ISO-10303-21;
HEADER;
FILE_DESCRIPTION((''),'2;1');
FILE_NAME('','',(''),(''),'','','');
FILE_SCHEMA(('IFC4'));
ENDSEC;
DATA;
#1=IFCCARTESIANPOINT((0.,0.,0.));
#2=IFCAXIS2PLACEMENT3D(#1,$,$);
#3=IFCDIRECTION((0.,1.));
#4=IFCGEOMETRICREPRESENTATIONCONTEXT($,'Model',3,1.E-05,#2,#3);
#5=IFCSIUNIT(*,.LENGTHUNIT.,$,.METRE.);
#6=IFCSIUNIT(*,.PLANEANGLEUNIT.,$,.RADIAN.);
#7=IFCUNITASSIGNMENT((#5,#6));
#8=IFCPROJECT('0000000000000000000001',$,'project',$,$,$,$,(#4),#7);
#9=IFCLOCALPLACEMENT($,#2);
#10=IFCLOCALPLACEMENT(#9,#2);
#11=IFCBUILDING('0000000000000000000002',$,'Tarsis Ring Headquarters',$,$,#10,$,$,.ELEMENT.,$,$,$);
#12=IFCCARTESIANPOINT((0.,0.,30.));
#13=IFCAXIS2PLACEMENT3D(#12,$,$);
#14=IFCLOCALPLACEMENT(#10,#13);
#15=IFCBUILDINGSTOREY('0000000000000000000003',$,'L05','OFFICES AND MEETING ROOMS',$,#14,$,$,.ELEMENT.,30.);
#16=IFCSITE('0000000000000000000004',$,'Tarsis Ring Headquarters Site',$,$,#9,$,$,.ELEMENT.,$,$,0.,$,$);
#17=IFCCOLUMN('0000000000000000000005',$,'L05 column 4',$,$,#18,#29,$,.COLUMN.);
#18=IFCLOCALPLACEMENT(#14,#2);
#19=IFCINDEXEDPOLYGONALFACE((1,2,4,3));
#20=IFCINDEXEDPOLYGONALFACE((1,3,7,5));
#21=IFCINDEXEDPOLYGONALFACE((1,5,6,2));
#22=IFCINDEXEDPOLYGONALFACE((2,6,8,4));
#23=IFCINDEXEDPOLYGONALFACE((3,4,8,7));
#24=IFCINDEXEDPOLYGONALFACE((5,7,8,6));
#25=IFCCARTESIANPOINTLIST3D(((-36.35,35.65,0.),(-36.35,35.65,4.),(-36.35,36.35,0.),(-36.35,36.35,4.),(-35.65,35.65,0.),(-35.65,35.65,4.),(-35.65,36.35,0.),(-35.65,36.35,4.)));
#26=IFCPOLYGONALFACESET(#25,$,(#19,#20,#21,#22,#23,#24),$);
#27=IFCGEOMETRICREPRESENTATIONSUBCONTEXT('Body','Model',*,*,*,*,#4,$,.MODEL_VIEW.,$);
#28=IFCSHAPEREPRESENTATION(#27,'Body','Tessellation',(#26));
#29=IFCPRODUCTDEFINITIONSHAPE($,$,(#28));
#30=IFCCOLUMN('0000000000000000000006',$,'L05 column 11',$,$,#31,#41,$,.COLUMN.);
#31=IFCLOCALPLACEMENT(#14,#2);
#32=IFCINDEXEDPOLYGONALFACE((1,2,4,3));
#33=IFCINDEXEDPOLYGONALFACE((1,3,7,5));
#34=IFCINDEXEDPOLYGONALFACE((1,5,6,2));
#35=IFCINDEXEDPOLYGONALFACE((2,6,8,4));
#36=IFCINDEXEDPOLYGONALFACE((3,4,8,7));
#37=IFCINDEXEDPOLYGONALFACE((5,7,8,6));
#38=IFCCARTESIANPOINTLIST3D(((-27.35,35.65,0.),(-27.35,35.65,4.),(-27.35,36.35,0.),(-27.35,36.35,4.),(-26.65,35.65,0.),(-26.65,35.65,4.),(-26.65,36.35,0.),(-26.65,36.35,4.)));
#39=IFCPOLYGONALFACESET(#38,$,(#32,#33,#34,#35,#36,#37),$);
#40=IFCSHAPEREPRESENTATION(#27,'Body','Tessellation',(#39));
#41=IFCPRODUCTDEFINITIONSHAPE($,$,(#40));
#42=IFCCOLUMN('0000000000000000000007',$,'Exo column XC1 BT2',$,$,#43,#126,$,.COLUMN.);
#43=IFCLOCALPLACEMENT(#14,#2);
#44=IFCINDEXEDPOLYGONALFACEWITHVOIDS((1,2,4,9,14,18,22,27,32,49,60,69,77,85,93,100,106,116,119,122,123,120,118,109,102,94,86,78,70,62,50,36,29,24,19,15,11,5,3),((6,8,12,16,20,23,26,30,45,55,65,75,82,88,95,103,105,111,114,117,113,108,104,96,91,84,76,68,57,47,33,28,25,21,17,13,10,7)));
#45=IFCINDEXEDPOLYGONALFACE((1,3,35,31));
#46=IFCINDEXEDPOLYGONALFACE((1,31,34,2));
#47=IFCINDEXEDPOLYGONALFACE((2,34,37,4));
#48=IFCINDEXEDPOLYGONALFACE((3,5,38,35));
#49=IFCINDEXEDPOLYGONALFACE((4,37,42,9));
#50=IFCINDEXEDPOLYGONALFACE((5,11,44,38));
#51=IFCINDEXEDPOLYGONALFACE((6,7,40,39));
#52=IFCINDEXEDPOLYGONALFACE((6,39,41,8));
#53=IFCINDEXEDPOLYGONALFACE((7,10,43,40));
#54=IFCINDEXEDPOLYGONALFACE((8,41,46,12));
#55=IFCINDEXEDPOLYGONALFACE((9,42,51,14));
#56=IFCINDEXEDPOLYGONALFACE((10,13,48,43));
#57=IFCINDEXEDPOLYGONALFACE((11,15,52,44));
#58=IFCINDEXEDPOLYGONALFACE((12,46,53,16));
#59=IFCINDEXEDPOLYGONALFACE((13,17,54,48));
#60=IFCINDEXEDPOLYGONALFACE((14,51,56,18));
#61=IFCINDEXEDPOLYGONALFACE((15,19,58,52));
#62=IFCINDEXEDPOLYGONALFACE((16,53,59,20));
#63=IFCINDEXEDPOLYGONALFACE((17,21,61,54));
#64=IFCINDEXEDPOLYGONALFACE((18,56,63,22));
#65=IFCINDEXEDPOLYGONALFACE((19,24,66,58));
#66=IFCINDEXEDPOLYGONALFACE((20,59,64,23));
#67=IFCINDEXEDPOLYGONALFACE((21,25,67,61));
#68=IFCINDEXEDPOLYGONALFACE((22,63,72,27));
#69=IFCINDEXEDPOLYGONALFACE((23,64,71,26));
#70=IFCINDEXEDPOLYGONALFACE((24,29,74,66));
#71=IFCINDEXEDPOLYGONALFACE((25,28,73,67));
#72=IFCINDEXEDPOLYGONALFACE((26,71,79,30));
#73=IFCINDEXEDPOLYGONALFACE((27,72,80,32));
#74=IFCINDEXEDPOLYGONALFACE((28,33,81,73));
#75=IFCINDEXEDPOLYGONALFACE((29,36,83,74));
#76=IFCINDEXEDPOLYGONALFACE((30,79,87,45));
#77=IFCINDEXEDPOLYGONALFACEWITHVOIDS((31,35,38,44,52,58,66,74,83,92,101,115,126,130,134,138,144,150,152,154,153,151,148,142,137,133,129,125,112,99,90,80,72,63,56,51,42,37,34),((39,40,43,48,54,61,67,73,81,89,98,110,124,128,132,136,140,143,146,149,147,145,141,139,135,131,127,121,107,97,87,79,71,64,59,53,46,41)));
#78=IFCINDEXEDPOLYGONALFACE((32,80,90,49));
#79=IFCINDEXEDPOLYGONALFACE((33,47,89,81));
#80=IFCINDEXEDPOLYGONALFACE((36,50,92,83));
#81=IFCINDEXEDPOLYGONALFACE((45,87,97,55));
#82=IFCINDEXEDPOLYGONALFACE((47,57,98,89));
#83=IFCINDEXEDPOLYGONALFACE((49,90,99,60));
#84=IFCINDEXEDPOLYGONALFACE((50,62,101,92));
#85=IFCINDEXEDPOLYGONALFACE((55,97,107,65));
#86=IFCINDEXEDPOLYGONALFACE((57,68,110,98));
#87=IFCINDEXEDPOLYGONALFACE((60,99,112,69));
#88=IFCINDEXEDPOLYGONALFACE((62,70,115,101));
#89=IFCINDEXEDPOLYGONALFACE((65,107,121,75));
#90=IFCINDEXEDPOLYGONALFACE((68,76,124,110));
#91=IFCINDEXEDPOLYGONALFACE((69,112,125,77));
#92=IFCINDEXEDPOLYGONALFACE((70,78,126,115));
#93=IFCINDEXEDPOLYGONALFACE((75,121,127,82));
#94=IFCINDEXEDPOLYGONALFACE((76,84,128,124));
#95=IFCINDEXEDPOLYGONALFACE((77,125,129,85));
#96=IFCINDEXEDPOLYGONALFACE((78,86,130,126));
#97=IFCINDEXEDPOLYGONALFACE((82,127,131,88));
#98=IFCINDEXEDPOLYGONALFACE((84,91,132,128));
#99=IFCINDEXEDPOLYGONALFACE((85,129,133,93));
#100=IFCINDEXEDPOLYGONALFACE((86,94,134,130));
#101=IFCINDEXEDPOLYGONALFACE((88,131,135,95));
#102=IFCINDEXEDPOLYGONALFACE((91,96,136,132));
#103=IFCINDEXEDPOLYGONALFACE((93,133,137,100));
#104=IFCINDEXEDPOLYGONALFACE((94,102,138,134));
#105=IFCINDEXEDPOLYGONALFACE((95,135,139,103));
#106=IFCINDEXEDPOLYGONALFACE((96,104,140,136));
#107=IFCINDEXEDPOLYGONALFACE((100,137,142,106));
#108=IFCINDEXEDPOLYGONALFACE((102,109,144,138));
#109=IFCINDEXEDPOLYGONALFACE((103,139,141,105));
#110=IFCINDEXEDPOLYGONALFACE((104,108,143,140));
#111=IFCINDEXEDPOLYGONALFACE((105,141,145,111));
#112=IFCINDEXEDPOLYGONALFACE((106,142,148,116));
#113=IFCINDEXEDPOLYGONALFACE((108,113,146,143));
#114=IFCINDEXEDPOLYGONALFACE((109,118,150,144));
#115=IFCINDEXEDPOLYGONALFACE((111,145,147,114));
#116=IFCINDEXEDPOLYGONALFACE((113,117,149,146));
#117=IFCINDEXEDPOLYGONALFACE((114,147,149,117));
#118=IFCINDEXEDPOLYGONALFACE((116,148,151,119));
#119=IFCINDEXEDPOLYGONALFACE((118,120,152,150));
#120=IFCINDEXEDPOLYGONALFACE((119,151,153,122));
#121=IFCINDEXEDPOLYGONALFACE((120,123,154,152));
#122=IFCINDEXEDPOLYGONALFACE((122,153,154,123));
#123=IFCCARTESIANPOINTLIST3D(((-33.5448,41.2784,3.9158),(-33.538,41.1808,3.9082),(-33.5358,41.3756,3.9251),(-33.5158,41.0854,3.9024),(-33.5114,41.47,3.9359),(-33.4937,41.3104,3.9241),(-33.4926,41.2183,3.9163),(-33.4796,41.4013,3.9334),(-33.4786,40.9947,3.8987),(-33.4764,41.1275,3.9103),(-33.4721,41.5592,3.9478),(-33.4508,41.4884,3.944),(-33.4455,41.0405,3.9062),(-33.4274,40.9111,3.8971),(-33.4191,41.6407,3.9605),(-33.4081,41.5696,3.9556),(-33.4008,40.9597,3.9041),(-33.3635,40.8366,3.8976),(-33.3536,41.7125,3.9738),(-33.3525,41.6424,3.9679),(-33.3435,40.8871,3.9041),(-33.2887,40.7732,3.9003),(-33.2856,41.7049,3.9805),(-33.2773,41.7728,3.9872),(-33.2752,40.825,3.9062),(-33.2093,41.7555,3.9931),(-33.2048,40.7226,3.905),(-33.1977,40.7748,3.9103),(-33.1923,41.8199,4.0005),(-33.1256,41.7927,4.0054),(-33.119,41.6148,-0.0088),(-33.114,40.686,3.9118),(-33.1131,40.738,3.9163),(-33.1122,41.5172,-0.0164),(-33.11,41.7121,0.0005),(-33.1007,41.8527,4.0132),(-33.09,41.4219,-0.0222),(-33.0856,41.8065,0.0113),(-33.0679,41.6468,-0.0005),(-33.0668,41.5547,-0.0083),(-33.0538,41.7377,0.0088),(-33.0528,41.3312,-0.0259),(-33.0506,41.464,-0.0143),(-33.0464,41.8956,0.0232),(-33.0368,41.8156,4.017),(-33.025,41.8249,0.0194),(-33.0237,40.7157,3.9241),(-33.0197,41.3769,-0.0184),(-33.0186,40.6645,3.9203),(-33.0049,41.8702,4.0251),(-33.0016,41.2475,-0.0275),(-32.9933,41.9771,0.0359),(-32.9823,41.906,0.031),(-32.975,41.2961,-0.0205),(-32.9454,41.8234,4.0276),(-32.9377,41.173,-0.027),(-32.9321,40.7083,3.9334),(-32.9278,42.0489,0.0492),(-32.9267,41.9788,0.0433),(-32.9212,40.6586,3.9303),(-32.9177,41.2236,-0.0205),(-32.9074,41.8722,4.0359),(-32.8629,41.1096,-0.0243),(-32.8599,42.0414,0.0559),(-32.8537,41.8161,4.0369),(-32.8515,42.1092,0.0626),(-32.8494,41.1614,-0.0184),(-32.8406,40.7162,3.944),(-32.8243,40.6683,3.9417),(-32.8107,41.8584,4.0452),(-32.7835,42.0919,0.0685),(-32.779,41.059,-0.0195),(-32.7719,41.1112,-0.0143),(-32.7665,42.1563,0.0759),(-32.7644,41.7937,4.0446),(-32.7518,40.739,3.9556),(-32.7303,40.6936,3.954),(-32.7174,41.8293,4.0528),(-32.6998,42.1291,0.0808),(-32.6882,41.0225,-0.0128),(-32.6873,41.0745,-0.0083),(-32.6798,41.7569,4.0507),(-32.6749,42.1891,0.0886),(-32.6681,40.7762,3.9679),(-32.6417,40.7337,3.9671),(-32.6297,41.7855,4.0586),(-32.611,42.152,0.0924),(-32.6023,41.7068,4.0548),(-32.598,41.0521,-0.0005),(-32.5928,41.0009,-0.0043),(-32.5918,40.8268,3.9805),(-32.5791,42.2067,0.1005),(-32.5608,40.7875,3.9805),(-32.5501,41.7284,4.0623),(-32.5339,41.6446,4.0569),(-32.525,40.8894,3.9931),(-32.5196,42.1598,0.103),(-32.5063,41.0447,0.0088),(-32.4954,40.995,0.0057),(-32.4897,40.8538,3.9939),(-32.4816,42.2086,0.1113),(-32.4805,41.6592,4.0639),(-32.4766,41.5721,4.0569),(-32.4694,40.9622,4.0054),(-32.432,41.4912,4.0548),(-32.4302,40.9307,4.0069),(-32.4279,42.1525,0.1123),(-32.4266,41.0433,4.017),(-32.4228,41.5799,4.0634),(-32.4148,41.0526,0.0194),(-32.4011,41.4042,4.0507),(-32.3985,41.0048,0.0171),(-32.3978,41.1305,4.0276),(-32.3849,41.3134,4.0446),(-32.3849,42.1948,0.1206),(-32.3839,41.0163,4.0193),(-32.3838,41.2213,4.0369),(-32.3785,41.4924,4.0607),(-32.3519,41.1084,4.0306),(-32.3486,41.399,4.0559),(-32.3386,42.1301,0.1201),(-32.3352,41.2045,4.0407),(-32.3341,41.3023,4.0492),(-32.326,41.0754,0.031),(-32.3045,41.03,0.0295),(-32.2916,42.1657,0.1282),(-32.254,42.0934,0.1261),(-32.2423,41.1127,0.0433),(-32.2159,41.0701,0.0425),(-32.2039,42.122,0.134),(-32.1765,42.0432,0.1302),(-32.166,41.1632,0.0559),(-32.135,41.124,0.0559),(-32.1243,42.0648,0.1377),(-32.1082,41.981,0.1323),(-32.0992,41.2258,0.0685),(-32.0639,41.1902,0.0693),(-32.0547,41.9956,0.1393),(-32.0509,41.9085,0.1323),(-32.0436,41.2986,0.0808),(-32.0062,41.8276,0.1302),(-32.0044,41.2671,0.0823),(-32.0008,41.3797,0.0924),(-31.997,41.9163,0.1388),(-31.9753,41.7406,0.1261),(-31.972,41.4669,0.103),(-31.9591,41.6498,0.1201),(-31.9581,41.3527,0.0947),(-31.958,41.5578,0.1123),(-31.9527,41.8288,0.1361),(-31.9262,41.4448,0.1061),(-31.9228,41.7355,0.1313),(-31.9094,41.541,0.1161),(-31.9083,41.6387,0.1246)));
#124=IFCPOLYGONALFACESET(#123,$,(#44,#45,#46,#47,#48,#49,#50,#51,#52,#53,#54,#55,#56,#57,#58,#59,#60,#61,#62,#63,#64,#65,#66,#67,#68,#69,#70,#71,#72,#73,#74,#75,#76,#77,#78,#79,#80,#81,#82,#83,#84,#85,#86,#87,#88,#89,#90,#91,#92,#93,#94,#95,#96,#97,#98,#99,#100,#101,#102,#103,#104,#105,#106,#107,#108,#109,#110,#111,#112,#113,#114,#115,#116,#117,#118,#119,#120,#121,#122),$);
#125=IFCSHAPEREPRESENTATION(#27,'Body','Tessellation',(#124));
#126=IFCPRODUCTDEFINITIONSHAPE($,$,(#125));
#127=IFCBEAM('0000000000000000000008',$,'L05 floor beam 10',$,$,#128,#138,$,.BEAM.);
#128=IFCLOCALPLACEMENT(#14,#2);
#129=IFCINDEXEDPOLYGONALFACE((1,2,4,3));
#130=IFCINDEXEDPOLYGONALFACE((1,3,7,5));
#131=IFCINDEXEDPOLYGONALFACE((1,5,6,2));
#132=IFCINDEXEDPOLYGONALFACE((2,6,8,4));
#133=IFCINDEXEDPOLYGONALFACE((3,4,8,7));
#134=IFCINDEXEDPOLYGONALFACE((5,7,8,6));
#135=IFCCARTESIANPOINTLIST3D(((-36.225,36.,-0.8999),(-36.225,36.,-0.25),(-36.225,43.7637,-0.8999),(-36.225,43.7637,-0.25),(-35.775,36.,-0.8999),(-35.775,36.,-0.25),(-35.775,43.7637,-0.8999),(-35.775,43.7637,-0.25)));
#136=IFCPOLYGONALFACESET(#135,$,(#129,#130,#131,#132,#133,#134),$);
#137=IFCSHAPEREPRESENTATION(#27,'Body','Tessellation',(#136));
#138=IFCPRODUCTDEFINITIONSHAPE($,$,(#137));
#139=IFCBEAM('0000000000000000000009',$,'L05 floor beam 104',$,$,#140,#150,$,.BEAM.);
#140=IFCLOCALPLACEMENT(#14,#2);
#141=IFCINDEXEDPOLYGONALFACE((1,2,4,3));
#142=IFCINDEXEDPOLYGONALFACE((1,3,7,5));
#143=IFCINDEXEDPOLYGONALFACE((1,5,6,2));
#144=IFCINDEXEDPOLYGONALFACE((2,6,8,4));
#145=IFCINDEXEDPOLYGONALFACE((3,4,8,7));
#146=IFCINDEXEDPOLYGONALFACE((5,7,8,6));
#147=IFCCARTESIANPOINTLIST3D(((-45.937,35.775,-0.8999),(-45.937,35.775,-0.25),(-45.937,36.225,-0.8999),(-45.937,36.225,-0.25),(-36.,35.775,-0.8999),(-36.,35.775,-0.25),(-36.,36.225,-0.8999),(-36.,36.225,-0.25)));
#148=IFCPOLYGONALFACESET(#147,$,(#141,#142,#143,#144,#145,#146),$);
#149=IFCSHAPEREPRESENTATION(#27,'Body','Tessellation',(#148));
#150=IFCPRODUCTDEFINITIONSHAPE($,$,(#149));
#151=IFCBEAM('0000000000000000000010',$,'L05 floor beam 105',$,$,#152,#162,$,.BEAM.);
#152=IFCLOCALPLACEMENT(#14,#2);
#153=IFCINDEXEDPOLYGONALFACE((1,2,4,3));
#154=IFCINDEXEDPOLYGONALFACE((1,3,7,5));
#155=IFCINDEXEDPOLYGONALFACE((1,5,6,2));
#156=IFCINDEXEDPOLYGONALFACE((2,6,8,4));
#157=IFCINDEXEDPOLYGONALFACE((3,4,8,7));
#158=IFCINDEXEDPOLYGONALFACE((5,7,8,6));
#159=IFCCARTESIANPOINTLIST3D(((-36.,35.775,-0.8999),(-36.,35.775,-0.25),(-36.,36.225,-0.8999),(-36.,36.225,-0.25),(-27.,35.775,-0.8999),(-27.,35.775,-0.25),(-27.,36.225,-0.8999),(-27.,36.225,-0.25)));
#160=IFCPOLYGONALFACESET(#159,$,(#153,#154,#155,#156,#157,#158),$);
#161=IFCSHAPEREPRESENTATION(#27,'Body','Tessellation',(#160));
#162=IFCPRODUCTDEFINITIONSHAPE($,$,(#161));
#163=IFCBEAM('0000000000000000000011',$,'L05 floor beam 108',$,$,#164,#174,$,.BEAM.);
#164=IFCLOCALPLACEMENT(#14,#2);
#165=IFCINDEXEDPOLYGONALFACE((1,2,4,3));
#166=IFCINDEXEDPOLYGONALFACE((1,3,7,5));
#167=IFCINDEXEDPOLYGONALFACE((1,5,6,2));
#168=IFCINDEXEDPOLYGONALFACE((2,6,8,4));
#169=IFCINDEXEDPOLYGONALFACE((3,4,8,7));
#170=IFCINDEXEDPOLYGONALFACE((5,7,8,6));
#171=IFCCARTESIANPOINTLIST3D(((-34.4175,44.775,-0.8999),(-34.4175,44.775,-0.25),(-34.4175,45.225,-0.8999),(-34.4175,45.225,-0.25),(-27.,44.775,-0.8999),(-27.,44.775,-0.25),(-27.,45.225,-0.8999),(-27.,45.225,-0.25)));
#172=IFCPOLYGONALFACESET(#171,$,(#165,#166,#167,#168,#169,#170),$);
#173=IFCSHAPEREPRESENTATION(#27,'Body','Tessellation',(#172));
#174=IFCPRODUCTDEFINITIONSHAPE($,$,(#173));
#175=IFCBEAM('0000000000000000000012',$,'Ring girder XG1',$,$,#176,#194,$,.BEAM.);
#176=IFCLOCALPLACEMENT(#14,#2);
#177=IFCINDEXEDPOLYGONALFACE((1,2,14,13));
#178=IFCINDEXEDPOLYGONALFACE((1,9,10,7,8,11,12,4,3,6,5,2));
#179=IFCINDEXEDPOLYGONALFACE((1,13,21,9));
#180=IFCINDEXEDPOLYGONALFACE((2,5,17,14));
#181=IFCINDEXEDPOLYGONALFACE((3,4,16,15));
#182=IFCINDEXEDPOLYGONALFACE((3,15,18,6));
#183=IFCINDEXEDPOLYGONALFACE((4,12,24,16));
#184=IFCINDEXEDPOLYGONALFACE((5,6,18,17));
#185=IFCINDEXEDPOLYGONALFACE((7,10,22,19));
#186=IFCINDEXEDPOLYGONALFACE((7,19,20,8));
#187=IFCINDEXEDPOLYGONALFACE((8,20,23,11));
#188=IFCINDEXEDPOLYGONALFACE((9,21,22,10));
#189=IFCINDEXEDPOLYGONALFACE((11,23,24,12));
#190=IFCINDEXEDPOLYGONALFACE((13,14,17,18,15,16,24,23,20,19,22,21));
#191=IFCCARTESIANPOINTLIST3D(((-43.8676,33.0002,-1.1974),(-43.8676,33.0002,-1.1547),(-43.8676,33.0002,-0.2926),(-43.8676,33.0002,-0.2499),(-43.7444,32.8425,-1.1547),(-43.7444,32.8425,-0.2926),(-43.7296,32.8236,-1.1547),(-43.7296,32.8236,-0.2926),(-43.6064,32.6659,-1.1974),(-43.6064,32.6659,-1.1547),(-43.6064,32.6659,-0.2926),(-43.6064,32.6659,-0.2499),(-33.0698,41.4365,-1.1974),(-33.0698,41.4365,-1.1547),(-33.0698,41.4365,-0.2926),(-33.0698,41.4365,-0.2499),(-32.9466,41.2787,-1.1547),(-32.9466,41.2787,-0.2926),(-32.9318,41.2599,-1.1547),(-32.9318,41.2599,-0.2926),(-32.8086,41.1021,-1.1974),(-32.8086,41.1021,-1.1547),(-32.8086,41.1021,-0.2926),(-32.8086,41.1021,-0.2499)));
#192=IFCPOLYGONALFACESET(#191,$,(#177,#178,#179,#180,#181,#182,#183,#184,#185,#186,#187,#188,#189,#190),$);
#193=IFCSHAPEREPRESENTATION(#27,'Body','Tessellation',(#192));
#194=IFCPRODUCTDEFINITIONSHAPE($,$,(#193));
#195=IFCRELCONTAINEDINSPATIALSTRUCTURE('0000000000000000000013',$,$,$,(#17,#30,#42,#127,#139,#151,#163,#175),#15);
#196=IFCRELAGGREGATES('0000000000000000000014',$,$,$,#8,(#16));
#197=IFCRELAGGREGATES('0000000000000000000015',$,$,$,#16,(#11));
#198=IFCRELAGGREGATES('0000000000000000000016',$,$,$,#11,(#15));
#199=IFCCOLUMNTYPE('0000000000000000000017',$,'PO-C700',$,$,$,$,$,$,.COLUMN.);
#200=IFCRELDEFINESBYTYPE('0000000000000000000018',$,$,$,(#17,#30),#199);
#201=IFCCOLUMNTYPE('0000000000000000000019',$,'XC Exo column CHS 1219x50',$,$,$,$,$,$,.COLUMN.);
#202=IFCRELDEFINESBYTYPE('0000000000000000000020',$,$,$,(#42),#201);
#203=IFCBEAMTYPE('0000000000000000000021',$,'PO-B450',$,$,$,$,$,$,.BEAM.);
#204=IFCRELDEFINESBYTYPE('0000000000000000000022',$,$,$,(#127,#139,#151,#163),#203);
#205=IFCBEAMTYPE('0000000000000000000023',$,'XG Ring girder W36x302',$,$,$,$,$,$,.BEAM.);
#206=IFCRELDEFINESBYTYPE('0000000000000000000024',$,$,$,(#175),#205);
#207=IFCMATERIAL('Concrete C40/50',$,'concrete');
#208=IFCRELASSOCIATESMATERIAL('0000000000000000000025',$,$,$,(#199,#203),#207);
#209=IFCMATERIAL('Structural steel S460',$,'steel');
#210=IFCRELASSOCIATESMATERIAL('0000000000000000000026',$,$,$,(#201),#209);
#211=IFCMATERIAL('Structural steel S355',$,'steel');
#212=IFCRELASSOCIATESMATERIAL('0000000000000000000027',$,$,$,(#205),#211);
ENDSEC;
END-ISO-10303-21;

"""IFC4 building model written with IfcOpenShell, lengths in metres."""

from ifc_helpers import new_model, si_unit, direction, frame, origin, origin_2d, place, context, subcontext, project, spatial, rectangle, hollow_circle, i_section, extrude, material, material_profile, profile_set, type_object, element, save


model = new_model("IFC4")

# Units and contexts
model_context = context("Model", 3, precision=1e-05, world=origin(), true_north=direction((0.0, 1.0)))
body_context = subcontext(model_context, "Body", "Model", "MODEL_VIEW")
ifc_project = project(units=[si_unit("LENGTHUNIT", "METRE"), si_unit("PLANEANGLEUNIT", "RADIAN")], contexts=[model_context])

# Site, building, storey
site_placement = place(None, origin())
site = spatial("IfcSite", under=ifc_project, at=site_placement, Name="Tarsis Ring Headquarters Site", CompositionType="ELEMENT", RefElevation=0.0)
building_placement = place(site_placement, origin())
building = spatial("IfcBuilding", under=site, at=building_placement, Name="Tarsis Ring Headquarters", CompositionType="ELEMENT")
storey_placement = place(building_placement, frame((0.0, 0.0, 30.0)))
storey = spatial("IfcBuildingStorey", under=building, at=storey_placement, Name="L05", Description="OFFICES AND MEETING ROOMS", CompositionType="ELEMENT", Elevation=30.0)

# Columns
ifc_material_1 = material(Name="Concrete C40/50", Category="concrete")
ifc_material_profile_1 = material_profile(ifc_material_1, rectangle(XDim=0.7, YDim=0.7, at=origin_2d()), Name="PO-C700")
ifc_profile_set_1 = profile_set([ifc_material_profile_1], Name="Concrete C40/50")
column_type_1 = type_object("IfcColumnType", Name="PO-C700", PredefinedType="COLUMN", material=ifc_profile_set_1)
for number, where, z_axis, x_axis, name in (
    (1, (-36.0, 36.0, 0.0), (0.0, 0.0, 1.0), (1.0, 0.0, 0.0), "L05 column 4"),
    (2, (-27.0, 36.0, 0.0), (0.0, 0.0, 1.0), (1.0, 0.0, 0.0), "L05 column 11"),
):
    element("IfcColumn", number, at=place(storey_placement, frame(where, z_axis=z_axis, x_axis=x_axis)), inside=storey, type_object=column_type_1, Name=name, PredefinedType="COLUMN", context=body_context, shape_type="SweptSolid", body=[
        extrude(rectangle(XDim=0.7, YDim=0.7, at=origin_2d()), origin(), (0.0, 0.0, 1.0), 4.0),
    ])
ifc_material_2 = material(Name="Structural steel S460", Category="steel")
ifc_material_profile_2 = material_profile(ifc_material_2, hollow_circle(Radius=0.6096, WallThickness=0.05, at=origin_2d()), Name="CHS 1219x50")
ifc_profile_set_2 = profile_set([ifc_material_profile_2], Name="Structural steel S460")
column_type_2 = type_object("IfcColumnType", Name="XC Exo column CHS 1219x50", PredefinedType="COLUMN", material=ifc_profile_set_2)
column_placement = place(storey_placement, frame((-32.5129, 41.6023, 0.0559), z_axis=(-0.107469, -0.084915, 0.990575), x_axis=(0.619965, -0.784629, 0.0)))
element("IfcColumn", 3, at=column_placement, inside=storey, type_object=column_type_2, Name="Exo column XC1 BT2", PredefinedType="COLUMN", context=body_context, shape_type="SweptSolid", body=[
    extrude(hollow_circle(Radius=0.6096, WallThickness=0.05, at=origin_2d()), origin(), (0.0, 0.0, 1.0), 3.9619),
])

# Beams
ifc_material_profile_3 = material_profile(ifc_material_1, rectangle(XDim=0.45, YDim=0.6499, at=origin_2d()), Name="PO-B450")
ifc_profile_set_3 = profile_set([ifc_material_profile_3], Name="Concrete C40/50")
beam_type_1 = type_object("IfcBeamType", Name="PO-B450", PredefinedType="BEAM", material=ifc_profile_set_3)
beam_1_placement = place(storey_placement, frame((-36.0, 36.0, -0.575), z_axis=(0.0, 1.0, 0.0), x_axis=(-1.0, 0.0, 0.0)))
element("IfcBeam", 4, at=beam_1_placement, inside=storey, type_object=beam_type_1, Name="L05 floor beam 10", PredefinedType="BEAM", context=body_context, shape_type="SweptSolid", body=[
    extrude(rectangle(XDim=0.45, YDim=0.6499, at=origin_2d()), origin(), (0.0, 0.0, 1.0), 7.7637),
])
beam_2_placement = place(storey_placement, frame((-45.937, 36.0, -0.575), z_axis=(1.0, 0.0, 0.0), x_axis=(0.0, 1.0, 0.0)))
element("IfcBeam", 5, at=beam_2_placement, inside=storey, type_object=beam_type_1, Name="L05 floor beam 104", PredefinedType="BEAM", context=body_context, shape_type="SweptSolid", body=[
    extrude(rectangle(XDim=0.45, YDim=0.6499, at=origin_2d()), origin(), (0.0, 0.0, 1.0), 9.937),
])
beam_3_placement = place(storey_placement, frame((-36.0, 36.0, -0.575), z_axis=(1.0, 0.0, 0.0), x_axis=(0.0, 1.0, 0.0)))
element("IfcBeam", 6, at=beam_3_placement, inside=storey, type_object=beam_type_1, Name="L05 floor beam 105", PredefinedType="BEAM", context=body_context, shape_type="SweptSolid", body=[
    extrude(rectangle(XDim=0.45, YDim=0.6499, at=origin_2d()), origin(), (0.0, 0.0, 1.0), 9.0),
])
beam_4_placement = place(storey_placement, frame((-34.4175, 45.0, -0.575), z_axis=(1.0, 0.0, 0.0), x_axis=(0.0, 1.0, 0.0)))
element("IfcBeam", 7, at=beam_4_placement, inside=storey, type_object=beam_type_1, Name="L05 floor beam 108", PredefinedType="BEAM", context=body_context, shape_type="SweptSolid", body=[
    extrude(rectangle(XDim=0.45, YDim=0.6499, at=origin_2d()), origin(), (0.0, 0.0, 1.0), 7.4175),
])
ifc_material_3 = material(Name="Structural steel S355", Category="steel")
ifc_material_profile_4 = material_profile(ifc_material_3, i_section(OverallWidth=0.4243, OverallDepth=0.9475, WebThickness=0.0239, FlangeThickness=0.0427, at=origin_2d()), Name="W36x302")
ifc_profile_set_4 = profile_set([ifc_material_profile_4], Name="Structural steel S355")
beam_type_2 = type_object("IfcBeamType", Name="XG Ring girder W36x302", PredefinedType="BEAM", material=ifc_profile_set_4)
beam_5_placement = place(storey_placement, frame((-32.9392, 41.2693, -0.7236), z_axis=(-0.788008, -0.615665, 0.0), x_axis=(0.615665, -0.788008, 0.0)))
element("IfcBeam", 8, at=beam_5_placement, inside=storey, type_object=beam_type_2, Name="Ring girder XG1", PredefinedType="BEAM", context=body_context, shape_type="SweptSolid", body=[
    extrude(i_section(OverallWidth=0.4243, OverallDepth=0.9475, WebThickness=0.0239, FlangeThickness=0.0427, at=origin_2d()), origin(), (0.0, 0.0, 1.0), 13.7026),
])

save(model, "model.ifc")
